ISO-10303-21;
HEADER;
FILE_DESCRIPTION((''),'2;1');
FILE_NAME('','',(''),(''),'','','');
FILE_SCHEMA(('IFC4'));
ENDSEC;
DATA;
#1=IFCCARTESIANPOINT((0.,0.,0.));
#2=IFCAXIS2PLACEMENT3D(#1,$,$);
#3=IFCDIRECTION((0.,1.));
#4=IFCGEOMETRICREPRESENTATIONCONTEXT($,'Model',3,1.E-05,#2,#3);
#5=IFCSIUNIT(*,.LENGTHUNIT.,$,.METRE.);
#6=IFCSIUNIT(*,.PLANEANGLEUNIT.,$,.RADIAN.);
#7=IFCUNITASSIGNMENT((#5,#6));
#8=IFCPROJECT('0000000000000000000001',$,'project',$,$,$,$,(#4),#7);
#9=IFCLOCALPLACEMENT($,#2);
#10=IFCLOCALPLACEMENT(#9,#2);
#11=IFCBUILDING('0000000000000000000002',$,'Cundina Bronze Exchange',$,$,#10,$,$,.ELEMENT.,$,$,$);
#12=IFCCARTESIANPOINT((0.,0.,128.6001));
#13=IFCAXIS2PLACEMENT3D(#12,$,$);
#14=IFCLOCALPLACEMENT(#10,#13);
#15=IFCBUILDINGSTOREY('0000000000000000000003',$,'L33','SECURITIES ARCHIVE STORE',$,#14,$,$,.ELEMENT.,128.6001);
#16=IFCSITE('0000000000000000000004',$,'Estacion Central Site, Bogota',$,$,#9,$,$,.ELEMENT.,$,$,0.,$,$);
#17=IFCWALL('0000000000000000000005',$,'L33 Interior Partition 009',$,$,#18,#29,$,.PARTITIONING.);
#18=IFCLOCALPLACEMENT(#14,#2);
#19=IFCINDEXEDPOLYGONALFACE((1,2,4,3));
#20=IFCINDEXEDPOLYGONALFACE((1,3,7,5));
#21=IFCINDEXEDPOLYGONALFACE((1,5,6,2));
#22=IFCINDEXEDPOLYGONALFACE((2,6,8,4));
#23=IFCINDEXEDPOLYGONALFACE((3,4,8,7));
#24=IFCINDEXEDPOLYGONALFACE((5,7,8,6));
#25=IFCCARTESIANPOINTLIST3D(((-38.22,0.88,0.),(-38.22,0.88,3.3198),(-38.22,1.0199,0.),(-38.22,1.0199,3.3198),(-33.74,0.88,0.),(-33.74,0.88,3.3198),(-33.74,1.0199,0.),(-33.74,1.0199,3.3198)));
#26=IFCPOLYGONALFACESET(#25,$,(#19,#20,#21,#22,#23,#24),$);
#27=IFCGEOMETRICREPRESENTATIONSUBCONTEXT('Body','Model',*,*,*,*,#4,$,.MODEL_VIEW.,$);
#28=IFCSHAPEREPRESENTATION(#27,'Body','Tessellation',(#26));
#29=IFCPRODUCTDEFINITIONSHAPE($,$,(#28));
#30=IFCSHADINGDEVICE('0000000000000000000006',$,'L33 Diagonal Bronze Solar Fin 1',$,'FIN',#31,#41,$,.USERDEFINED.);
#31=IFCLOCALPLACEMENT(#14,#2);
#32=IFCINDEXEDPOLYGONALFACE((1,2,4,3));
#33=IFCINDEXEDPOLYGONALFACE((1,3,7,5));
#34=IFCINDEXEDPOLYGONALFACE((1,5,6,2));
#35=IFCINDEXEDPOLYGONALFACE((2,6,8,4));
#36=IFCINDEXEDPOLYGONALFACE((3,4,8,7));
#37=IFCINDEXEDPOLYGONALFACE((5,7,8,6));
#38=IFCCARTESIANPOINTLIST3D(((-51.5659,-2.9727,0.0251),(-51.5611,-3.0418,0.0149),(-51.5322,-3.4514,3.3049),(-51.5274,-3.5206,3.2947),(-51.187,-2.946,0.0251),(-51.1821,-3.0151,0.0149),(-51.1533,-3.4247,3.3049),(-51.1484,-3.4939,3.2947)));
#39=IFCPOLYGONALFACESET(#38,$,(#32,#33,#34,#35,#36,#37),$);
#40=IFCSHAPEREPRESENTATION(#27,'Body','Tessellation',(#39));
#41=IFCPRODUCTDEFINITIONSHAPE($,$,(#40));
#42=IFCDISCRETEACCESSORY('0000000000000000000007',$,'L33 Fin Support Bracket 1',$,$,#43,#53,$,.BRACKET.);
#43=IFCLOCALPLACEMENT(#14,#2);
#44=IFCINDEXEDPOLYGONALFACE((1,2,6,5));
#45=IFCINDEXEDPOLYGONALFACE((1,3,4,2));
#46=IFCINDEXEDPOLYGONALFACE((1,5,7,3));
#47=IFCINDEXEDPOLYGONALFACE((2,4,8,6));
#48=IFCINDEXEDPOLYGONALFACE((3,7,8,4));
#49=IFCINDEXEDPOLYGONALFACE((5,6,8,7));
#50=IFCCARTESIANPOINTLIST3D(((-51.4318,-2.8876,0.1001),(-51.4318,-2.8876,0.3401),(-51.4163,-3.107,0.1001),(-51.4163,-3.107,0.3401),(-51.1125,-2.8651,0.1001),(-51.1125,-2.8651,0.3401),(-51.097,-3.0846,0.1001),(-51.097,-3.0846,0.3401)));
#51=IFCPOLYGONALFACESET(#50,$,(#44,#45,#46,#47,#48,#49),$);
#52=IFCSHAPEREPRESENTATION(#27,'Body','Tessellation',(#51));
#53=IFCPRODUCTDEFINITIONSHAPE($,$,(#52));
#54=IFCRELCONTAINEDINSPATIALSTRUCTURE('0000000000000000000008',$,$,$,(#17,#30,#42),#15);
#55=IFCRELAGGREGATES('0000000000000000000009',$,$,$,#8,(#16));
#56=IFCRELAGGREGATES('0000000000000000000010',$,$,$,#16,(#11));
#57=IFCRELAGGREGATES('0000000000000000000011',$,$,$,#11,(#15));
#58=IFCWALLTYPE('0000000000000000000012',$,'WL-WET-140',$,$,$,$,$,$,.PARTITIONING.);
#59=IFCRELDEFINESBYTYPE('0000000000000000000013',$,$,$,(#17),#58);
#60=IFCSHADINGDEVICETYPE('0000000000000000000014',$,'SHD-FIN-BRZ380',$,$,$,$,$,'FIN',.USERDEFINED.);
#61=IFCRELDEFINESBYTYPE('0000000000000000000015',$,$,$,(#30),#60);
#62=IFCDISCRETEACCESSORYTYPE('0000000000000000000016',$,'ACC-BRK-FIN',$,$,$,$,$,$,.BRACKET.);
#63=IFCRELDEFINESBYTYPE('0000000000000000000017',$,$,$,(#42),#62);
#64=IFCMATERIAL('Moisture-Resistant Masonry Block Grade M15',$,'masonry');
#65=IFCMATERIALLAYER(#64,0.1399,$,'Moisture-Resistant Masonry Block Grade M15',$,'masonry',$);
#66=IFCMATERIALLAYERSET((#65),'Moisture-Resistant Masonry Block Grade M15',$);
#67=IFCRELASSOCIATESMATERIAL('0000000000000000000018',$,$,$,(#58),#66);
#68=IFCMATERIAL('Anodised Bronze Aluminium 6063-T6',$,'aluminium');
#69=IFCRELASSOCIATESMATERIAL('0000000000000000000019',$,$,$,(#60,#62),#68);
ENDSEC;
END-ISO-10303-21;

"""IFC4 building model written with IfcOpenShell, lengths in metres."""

from ifc_helpers import new_model, si_unit, direction, frame, frame_2d, origin, origin_2d, place, context, subcontext, project, spatial, rectangle, extrude, material, layer, layer_set, material_profile, profile_set, type_object, element, save


model = new_model("IFC4")

# Units and contexts
model_context = context("Model", 3, precision=1e-05, world=origin(), true_north=direction((0.0, 1.0)))
body_context = subcontext(model_context, "Body", "Model", "MODEL_VIEW")
ifc_project = project(units=[si_unit("LENGTHUNIT", "METRE"), si_unit("PLANEANGLEUNIT", "RADIAN")], contexts=[model_context])

# Site, building, storey
site_placement = place(None, origin())
site = spatial("IfcSite", under=ifc_project, at=site_placement, Name="Estacion Central Site, Bogota", CompositionType="ELEMENT", RefElevation=0.0)
building_placement = place(site_placement, origin())
building = spatial("IfcBuilding", under=site, at=building_placement, Name="Cundina Bronze Exchange", CompositionType="ELEMENT")
storey_placement = place(building_placement, frame((0.0, 0.0, 128.6001)))
storey = spatial("IfcBuildingStorey", under=building, at=storey_placement, Name="L33", Description="SECURITIES ARCHIVE STORE", CompositionType="ELEMENT", Elevation=128.6001)

# Shared definitions
ifc_material_1 = material(Name="Anodised Bronze Aluminium 6063-T6", Category="aluminium")

# Wall
ifc_material_2 = material(Name="Moisture-Resistant Masonry Block Grade M15", Category="masonry")
ifc_layer_1 = layer(ifc_material_2, 0.1399, Name="Moisture-Resistant Masonry Block Grade M15", Category="masonry")
ifc_layer_set_1 = layer_set([ifc_layer_1], Name="Moisture-Resistant Masonry Block Grade M15")
wall_type_1 = type_object("IfcWallType", Name="WL-WET-140", PredefinedType="PARTITIONING", material=ifc_layer_set_1)
wall_1_placement = place(storey_placement, frame((-38.22, 0.95, 0.0), z_axis=(0.0, 0.0, 1.0), x_axis=(1.0, 0.0, 0.0)))
element("IfcWall", 1, at=wall_1_placement, inside=storey, type_object=wall_type_1, Name="L33 Interior Partition 009", PredefinedType="PARTITIONING", context=body_context, shape_type="SweptSolid", body=[
    extrude(rectangle(XDim=4.48, YDim=0.1399, at=frame_2d((2.24, 0.0))), origin(), (0.0, 0.0, 1.0), 3.3198),
])

# Shading device
ifc_material_profile_1 = material_profile(ifc_material_1, rectangle(XDim=0.0701, YDim=0.3799, at=origin_2d()), Name="FIN70X380", Category="aluminium")
ifc_profile_set_1 = profile_set([ifc_material_profile_1], Name="Anodised Bronze Aluminium 6063-T6")
shading_device_type = type_object("IfcShadingDeviceType", Name="SHD-FIN-BRZ380", ElementType="FIN", PredefinedType="USERDEFINED", material=ifc_profile_set_1)
shading_device_placement = place(storey_placement, frame((-51.374, -2.9939, 0.02), z_axis=(0.010164, -0.144435, 0.989462), x_axis=(-0.069459, 0.987021, 0.144792)))
element("IfcShadingDevice", 2, at=shading_device_placement, inside=storey, type_object=shading_device_type, Name="L33 Diagonal Bronze Solar Fin 1", ObjectType="FIN", PredefinedType="USERDEFINED", context=body_context, shape_type="SweptSolid", body=[
    extrude(rectangle(XDim=0.0701, YDim=0.3799, at=origin_2d()), origin(), (0.0, 0.0, 1.0), 3.3147),
])

# Discrete accessory
discrete_accessory_type = type_object("IfcDiscreteAccessoryType", Name="ACC-BRK-FIN", PredefinedType="BRACKET", material=ifc_material_1)
discrete_accessory_placement = place(storey_placement, frame((-51.2644, -2.9861, 0.1001), z_axis=(0.0, 0.0, 1.0), x_axis=(0.070279, -0.997527, 0.0)))
element("IfcDiscreteAccessory", 3, at=discrete_accessory_placement, inside=storey, type_object=discrete_accessory_type, Name="L33 Fin Support Bracket 1", PredefinedType="BRACKET", context=body_context, shape_type="SweptSolid", body=[
    extrude(rectangle(XDim=0.22, YDim=0.3201, at=origin_2d()), origin(), (0.0, 0.0, 1.0), 0.24),
])

save(model, "model.ifc")
